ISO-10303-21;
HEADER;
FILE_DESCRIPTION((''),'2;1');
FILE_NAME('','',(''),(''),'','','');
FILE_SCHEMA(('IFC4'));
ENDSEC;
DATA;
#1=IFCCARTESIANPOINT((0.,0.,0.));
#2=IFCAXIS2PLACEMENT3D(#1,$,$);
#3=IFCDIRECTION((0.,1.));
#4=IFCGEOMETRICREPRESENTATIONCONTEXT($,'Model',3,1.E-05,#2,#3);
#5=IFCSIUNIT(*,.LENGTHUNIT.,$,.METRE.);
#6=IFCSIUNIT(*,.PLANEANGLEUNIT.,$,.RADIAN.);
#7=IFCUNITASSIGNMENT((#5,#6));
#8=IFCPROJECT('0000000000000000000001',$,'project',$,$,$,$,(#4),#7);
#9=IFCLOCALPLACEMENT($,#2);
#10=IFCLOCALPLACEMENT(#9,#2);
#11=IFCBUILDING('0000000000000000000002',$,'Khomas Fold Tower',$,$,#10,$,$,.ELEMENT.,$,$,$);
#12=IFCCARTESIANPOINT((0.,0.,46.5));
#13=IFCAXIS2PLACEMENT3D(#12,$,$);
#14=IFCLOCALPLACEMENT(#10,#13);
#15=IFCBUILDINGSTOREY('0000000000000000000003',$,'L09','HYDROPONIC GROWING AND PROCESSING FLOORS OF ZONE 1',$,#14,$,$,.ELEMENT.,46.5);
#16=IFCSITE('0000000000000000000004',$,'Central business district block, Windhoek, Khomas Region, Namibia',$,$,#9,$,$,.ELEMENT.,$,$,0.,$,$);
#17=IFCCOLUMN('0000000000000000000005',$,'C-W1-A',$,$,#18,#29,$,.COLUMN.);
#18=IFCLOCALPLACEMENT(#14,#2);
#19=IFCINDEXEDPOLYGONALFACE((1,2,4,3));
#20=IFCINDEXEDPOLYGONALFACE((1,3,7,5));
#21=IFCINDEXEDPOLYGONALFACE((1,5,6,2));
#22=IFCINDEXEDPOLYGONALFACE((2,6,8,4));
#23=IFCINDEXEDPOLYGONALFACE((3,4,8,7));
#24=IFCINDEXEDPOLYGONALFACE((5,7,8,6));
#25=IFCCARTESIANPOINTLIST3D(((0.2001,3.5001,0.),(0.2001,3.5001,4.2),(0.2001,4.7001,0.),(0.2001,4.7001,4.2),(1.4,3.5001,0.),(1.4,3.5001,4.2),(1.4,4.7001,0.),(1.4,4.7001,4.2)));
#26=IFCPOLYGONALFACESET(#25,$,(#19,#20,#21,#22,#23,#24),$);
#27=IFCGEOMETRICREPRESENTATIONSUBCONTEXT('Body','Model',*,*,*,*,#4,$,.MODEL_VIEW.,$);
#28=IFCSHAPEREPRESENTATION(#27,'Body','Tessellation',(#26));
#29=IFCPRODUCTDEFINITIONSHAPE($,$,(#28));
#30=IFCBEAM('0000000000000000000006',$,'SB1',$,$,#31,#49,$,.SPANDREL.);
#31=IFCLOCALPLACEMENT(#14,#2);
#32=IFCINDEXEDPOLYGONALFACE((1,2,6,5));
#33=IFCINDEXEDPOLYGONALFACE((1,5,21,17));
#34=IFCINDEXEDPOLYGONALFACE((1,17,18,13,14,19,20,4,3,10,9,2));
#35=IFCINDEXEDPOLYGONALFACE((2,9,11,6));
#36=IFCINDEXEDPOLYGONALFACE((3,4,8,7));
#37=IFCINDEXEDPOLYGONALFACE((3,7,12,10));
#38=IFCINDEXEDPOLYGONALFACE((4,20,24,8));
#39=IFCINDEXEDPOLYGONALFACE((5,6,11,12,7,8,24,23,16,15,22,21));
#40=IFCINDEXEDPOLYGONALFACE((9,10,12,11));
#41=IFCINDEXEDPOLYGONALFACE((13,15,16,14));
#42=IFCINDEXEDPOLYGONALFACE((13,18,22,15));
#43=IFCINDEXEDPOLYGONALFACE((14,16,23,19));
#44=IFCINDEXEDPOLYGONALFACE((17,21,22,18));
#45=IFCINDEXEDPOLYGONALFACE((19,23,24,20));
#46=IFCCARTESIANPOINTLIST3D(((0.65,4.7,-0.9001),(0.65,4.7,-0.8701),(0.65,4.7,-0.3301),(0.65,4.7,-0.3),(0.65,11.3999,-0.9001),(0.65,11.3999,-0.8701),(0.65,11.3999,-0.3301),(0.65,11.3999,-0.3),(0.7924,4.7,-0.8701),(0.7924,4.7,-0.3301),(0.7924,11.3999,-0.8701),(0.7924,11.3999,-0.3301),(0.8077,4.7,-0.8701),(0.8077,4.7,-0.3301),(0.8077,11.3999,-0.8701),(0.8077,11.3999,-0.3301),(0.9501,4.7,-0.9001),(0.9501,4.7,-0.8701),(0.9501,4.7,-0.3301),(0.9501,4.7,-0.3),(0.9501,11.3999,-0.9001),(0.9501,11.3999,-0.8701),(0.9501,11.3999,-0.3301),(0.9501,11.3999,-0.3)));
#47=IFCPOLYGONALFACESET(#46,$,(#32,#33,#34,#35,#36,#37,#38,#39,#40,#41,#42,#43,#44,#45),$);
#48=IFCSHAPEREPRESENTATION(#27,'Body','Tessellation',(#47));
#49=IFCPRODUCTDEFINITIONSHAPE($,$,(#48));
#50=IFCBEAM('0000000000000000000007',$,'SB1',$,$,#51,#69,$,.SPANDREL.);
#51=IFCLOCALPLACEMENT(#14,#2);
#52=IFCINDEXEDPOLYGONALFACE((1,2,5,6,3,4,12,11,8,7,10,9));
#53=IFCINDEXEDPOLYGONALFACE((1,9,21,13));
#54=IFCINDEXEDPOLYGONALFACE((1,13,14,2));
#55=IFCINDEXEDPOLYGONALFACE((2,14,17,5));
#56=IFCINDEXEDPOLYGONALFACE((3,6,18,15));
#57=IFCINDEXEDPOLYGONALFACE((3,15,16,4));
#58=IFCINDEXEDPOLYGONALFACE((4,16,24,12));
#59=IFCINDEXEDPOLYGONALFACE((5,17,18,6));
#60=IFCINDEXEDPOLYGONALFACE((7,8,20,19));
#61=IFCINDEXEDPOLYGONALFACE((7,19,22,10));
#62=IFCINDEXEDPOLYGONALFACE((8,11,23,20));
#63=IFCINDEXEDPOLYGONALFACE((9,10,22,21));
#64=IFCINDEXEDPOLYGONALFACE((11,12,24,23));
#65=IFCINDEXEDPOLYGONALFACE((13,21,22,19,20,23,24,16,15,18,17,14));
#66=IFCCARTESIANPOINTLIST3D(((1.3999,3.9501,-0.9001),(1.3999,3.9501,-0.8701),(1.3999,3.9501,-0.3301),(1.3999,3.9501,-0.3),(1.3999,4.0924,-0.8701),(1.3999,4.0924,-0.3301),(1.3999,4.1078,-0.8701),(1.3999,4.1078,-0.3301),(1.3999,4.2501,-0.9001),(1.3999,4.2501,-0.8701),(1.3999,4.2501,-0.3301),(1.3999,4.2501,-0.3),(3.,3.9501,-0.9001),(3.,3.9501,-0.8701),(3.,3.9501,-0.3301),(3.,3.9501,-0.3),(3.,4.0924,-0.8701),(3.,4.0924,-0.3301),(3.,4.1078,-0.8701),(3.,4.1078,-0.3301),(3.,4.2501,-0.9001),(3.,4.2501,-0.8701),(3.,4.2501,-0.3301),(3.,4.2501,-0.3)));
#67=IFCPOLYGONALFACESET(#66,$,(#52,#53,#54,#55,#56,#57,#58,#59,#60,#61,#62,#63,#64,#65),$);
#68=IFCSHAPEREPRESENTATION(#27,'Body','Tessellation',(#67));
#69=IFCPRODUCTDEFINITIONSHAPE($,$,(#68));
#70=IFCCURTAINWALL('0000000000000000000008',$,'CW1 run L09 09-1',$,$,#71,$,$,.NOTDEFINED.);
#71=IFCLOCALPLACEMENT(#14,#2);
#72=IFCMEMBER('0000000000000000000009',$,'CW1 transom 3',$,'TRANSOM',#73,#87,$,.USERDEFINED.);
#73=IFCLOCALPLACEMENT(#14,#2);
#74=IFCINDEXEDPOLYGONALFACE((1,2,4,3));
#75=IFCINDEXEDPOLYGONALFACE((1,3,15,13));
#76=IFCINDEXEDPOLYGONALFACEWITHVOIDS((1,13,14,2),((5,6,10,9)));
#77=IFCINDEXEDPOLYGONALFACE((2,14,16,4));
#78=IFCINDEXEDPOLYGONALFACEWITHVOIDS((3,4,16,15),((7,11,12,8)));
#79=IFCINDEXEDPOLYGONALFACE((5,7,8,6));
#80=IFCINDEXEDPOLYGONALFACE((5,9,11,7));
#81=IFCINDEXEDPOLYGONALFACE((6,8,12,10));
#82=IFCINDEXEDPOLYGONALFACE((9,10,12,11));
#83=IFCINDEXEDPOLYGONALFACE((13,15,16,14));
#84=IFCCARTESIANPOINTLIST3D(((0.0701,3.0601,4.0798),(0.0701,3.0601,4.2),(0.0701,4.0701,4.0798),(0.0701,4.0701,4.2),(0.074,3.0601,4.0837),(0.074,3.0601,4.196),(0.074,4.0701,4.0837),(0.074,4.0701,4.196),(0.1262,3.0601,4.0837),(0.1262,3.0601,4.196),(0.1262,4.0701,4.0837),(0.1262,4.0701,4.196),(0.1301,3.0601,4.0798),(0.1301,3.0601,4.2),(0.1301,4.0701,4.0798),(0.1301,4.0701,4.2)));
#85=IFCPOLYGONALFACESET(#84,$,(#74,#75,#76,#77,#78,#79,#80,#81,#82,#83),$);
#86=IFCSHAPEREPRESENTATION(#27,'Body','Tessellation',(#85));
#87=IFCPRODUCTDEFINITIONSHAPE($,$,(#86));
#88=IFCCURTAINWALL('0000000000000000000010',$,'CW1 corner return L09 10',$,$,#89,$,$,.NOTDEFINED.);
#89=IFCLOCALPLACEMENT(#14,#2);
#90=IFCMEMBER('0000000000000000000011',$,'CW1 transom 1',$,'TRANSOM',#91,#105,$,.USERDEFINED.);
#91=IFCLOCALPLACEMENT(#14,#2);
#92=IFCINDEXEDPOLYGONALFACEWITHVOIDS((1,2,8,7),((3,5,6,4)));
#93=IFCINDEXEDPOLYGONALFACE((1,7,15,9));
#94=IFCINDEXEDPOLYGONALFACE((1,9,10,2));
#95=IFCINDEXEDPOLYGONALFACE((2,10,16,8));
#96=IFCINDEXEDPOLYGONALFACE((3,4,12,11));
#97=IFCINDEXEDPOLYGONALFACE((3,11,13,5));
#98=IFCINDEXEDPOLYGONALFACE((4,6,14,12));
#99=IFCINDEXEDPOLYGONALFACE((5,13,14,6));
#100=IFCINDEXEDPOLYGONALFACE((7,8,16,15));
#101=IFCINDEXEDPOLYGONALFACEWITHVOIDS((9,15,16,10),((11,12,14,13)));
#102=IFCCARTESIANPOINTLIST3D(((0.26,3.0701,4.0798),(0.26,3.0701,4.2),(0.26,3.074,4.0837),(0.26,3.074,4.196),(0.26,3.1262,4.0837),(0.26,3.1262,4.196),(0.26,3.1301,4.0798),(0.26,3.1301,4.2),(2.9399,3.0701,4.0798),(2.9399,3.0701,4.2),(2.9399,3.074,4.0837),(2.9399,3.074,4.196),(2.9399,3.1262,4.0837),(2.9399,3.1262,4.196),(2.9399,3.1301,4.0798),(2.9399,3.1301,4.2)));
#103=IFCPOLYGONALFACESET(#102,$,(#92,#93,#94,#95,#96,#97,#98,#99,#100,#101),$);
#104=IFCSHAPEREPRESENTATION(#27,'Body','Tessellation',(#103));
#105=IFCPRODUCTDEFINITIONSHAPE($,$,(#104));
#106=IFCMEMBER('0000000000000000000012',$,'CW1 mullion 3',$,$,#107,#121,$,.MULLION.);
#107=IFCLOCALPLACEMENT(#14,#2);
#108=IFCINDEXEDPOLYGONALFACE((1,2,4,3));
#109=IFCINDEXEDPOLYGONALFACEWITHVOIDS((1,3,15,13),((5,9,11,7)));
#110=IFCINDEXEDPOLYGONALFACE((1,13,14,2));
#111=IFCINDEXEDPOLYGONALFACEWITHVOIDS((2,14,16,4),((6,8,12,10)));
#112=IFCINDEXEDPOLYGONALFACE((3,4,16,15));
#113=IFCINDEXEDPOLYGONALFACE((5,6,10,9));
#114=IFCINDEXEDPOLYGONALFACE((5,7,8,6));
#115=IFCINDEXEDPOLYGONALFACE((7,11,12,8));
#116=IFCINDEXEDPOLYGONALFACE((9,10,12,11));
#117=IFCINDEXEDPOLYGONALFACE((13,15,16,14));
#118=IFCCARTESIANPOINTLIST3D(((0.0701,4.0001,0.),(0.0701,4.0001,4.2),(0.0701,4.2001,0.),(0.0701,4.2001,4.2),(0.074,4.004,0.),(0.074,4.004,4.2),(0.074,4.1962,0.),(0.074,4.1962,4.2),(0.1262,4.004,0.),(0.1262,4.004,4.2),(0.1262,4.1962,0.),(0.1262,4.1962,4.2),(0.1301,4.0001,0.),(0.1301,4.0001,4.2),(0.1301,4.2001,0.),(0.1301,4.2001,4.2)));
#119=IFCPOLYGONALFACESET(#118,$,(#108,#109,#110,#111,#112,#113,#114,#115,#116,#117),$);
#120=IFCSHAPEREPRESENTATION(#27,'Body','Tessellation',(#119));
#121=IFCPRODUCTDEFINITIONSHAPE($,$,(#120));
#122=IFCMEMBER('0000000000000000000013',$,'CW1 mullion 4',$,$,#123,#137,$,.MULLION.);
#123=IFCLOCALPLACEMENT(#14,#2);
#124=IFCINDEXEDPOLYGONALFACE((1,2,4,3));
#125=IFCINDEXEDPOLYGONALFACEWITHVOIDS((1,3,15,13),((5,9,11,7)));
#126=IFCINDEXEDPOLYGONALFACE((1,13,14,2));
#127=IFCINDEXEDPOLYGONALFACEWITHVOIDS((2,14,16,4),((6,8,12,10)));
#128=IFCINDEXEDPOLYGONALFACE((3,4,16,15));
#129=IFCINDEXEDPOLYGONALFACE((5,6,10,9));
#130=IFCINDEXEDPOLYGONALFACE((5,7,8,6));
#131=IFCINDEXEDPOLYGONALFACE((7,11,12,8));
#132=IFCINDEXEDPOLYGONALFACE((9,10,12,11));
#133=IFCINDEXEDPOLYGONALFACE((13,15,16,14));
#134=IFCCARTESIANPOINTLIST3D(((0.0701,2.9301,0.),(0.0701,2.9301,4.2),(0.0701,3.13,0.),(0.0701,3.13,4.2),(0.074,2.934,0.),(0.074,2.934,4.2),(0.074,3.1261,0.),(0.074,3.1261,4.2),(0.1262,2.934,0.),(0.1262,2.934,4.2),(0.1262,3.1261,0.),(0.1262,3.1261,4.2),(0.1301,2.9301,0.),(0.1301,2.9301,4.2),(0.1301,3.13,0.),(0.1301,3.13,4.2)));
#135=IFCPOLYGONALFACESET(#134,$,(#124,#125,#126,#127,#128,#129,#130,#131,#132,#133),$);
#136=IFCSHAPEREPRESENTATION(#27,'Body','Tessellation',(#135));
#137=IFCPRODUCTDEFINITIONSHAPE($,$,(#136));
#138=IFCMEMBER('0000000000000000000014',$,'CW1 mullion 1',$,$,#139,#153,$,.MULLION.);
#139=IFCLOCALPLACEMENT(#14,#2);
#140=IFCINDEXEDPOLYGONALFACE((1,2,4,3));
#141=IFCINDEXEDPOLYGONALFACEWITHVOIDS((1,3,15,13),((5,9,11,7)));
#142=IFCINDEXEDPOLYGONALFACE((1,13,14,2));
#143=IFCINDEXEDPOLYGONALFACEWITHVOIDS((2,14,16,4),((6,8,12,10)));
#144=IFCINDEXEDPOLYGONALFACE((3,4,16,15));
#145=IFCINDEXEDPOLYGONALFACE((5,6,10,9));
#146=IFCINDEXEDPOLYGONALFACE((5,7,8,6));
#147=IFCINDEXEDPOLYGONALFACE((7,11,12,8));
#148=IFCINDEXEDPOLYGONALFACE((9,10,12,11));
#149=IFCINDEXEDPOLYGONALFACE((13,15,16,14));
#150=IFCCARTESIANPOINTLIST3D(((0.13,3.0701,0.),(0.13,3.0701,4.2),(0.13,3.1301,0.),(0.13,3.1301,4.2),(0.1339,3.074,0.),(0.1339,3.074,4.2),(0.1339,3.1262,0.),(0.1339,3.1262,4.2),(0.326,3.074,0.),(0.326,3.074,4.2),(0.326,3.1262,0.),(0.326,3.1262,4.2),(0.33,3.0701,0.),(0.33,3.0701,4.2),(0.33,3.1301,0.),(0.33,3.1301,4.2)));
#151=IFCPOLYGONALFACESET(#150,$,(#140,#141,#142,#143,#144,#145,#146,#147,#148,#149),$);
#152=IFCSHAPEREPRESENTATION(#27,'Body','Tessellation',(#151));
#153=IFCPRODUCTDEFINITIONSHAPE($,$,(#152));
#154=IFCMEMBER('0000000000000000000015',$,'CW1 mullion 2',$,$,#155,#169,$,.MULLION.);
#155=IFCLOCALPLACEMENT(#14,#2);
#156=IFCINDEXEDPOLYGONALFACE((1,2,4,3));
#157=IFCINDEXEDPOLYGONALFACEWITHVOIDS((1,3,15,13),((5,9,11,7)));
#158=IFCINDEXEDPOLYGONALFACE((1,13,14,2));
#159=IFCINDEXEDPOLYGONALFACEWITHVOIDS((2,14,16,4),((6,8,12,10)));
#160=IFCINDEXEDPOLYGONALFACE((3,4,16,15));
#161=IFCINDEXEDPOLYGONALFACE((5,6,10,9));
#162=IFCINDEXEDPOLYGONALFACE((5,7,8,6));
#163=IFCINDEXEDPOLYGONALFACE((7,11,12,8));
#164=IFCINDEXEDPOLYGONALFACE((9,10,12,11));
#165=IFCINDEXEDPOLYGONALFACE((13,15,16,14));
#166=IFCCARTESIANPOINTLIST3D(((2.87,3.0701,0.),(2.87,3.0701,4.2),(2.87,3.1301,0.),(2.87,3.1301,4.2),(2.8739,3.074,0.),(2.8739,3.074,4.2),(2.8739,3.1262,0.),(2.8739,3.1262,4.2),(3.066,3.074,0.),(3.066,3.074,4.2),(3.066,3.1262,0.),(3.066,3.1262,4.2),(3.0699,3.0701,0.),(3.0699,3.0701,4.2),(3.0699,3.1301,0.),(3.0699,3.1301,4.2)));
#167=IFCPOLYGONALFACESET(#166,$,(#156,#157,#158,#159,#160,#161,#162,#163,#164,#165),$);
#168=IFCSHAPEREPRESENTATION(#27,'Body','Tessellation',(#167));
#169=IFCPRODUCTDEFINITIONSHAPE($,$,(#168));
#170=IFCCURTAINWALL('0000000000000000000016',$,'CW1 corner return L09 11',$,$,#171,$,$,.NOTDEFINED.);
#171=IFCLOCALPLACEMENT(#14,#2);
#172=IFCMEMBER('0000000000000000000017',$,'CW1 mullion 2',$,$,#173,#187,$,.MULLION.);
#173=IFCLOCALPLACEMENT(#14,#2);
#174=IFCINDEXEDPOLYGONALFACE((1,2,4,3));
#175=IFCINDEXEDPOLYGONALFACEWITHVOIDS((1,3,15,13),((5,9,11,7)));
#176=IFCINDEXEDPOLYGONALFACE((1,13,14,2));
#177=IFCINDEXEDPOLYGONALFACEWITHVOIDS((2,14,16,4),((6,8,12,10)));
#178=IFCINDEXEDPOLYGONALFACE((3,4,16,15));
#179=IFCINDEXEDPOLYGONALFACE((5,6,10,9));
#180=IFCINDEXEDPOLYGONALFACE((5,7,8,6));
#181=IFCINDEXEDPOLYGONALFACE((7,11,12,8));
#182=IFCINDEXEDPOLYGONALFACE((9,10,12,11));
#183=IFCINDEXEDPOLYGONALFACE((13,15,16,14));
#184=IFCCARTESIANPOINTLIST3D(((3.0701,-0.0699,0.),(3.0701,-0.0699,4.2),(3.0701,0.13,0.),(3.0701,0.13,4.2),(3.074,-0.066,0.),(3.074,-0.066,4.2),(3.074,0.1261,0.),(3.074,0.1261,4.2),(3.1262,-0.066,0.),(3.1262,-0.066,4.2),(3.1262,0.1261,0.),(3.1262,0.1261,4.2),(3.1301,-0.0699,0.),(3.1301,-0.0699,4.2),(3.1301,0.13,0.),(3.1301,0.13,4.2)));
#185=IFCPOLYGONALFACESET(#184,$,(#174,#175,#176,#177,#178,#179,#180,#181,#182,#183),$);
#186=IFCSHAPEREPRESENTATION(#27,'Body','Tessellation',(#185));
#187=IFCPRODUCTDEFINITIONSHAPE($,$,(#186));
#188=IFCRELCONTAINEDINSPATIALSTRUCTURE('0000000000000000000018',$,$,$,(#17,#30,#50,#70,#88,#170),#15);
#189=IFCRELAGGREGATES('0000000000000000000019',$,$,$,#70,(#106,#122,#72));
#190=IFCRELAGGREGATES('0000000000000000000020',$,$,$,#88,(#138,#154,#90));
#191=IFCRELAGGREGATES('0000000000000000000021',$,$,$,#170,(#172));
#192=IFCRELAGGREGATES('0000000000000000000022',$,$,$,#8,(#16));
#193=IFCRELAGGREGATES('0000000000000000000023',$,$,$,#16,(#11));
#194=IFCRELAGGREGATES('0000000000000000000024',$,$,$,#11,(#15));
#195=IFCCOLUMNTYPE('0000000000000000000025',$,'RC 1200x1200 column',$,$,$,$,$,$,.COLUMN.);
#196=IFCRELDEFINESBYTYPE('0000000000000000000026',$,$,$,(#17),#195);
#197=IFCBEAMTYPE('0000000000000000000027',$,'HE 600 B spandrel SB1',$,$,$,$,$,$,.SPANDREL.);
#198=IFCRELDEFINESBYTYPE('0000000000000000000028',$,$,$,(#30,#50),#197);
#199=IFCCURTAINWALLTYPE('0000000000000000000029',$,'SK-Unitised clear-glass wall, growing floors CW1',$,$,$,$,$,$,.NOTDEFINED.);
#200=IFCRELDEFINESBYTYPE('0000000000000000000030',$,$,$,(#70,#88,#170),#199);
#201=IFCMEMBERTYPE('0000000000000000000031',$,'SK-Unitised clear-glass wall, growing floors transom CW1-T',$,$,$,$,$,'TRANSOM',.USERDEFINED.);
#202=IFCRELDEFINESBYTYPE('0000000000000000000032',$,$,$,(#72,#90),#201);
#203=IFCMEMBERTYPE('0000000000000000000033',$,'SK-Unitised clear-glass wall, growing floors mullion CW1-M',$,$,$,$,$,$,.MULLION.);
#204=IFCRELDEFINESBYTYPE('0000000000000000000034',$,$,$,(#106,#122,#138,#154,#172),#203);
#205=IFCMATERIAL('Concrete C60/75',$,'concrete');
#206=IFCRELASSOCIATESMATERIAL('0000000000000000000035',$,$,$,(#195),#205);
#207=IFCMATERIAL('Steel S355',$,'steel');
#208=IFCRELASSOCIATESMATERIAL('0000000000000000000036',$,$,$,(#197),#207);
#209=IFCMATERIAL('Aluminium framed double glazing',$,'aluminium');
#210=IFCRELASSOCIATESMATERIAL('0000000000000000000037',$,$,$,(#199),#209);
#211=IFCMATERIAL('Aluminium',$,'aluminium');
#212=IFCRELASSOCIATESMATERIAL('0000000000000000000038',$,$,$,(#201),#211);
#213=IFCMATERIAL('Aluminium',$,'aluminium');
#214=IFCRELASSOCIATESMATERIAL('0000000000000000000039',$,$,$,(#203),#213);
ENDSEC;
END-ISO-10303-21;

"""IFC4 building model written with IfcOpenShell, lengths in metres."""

from ifc_helpers import new_model, si_unit, direction, frame, origin, origin_2d, place, context, subcontext, project, spatial, rectangle, hollow_rectangle, i_section, extrude, source, transform, mapped, material, material_profile, profile_set, type_object, element, aggregate, save


model = new_model("IFC4")

# Units and contexts
model_context = context("Model", 3, precision=1e-05, world=origin(), true_north=direction((0.0, 1.0)))
body_context = subcontext(model_context, "Body", "Model", "MODEL_VIEW")
ifc_project = project(units=[si_unit("LENGTHUNIT", "METRE"), si_unit("PLANEANGLEUNIT", "RADIAN")], contexts=[model_context])

# Site, building, storey
site_placement = place(None, origin())
site = spatial("IfcSite", under=ifc_project, at=site_placement, Name="Central business district block, Windhoek, Khomas Region, Namibia", CompositionType="ELEMENT", RefElevation=0.0)
building_placement = place(site_placement, origin())
building = spatial("IfcBuilding", under=site, at=building_placement, Name="Khomas Fold Tower", CompositionType="ELEMENT")
storey_placement = place(building_placement, frame((0.0, 0.0, 46.5)))
storey = spatial("IfcBuildingStorey", under=building, at=storey_placement, Name="L09", Description="HYDROPONIC GROWING AND PROCESSING FLOORS OF ZONE 1", CompositionType="ELEMENT", Elevation=46.5)

# Column
ifc_material_1 = material(Name="Concrete C60/75", Category="concrete")
ifc_material_profile_1 = material_profile(ifc_material_1, rectangle(XDim=1.2, YDim=1.2, at=origin_2d()), Name="RC 1200x1200")
ifc_profile_set_1 = profile_set([ifc_material_profile_1], Name="Concrete C60/75")
column_type = type_object("IfcColumnType", Name="RC 1200x1200 column", PredefinedType="COLUMN", material=ifc_profile_set_1)
shared_shape_1 = source(origin(), body_context, "Body", "SweptSolid", [
    extrude(rectangle(XDim=1.2, YDim=1.2, at=origin_2d()), origin(), (0.0, 0.0, 1.0), 4.2),
])
column_placement = place(storey_placement, frame((0.8, 4.1001, 0.0), z_axis=(0.0, 0.0, 1.0), x_axis=(1.0, 0.0, 0.0)))
element("IfcColumn", 1, at=column_placement, inside=storey, type_object=column_type, Name="C-W1-A", PredefinedType="COLUMN", context=body_context, shape_type="MappedRepresentation", body=[
    mapped(shared_shape_1, transform((0.0, 0.0, 0.0))),
])

# Beams
ifc_material_2 = material(Name="Steel S355", Category="steel")
ifc_material_profile_2 = material_profile(ifc_material_2, i_section(OverallWidth=0.3, OverallDepth=0.6001, WebThickness=0.0154, FlangeThickness=0.03, at=origin_2d()), Name="HE 600 B")
ifc_profile_set_2 = profile_set([ifc_material_profile_2], Name="Steel S355")
beam_type = type_object("IfcBeamType", Name="HE 600 B spandrel SB1", PredefinedType="SPANDREL", material=ifc_profile_set_2)
shared_shape_2 = source(origin(), body_context, "Body", "SweptSolid", [
    extrude(i_section(OverallWidth=0.3, OverallDepth=0.6001, WebThickness=0.0154, FlangeThickness=0.03, at=origin_2d()), origin(), (0.0, 0.0, 1.0), 6.7),
])
beam_1_placement = place(storey_placement, frame((0.8, 4.7, -0.6001), z_axis=(0.0, 1.0, 0.0), x_axis=(-1.0, 0.0, 0.0)))
element("IfcBeam", 2, at=beam_1_placement, inside=storey, type_object=beam_type, Name="SB1", PredefinedType="SPANDREL", context=body_context, shape_type="MappedRepresentation", body=[
    mapped(shared_shape_2, transform((0.0, 0.0, 0.0))),
])
shared_shape_3 = source(origin(), body_context, "Body", "SweptSolid", [
    extrude(i_section(OverallWidth=0.3, OverallDepth=0.6001, WebThickness=0.0154, FlangeThickness=0.03, at=origin_2d()), origin(), (0.0, 0.0, 1.0), 1.6001),
])
beam_2_placement = place(storey_placement, frame((1.3999, 4.1001, -0.6001), z_axis=(1.0, 0.0, 0.0), x_axis=(0.0, 1.0, 0.0)))
element("IfcBeam", 3, at=beam_2_placement, inside=storey, type_object=beam_type, Name="SB1", PredefinedType="SPANDREL", context=body_context, shape_type="MappedRepresentation", body=[
    mapped(shared_shape_3, transform((0.0, 0.0, 0.0))),
])

# Curtain walls, members
ifc_material_3 = material(Name="Aluminium framed double glazing", Category="aluminium")
curtain_wall_type = type_object("IfcCurtainWallType", Name="SK-Unitised clear-glass wall, growing floors CW1", PredefinedType="NOTDEFINED", material=ifc_material_3)
curtain_wall_1_placement = place(storey_placement, origin())
curtain_wall_1 = element("IfcCurtainWall", 4, at=curtain_wall_1_placement, inside=storey, type_object=curtain_wall_type, Name="CW1 run L09 09-1", PredefinedType="NOTDEFINED")
ifc_material_4 = material(Name="Aluminium", Category="aluminium")
ifc_material_profile_3 = material_profile(ifc_material_4, hollow_rectangle(XDim=0.0601, YDim=0.1201, WallThickness=0.0039, at=origin_2d()), Name="SK-Unitised clear-glass wall, growing floors transom CW1-T")
ifc_profile_set_3 = profile_set([ifc_material_profile_3], Name="Aluminium")
member_type_1 = type_object("IfcMemberType", Name="SK-Unitised clear-glass wall, growing floors transom CW1-T", ElementType="TRANSOM", PredefinedType="USERDEFINED", material=ifc_profile_set_3)
shared_shape_4 = source(origin(), body_context, "Body", "SweptSolid", [
    extrude(hollow_rectangle(XDim=0.0601, YDim=0.1201, WallThickness=0.0039, at=origin_2d()), origin(), (0.0, 0.0, 1.0), 1.01),
])
member_1_placement = place(storey_placement, frame((0.1001, 4.0701, 4.1399), z_axis=(0.0, -1.0, 0.0), x_axis=(1.0, 0.0, 0.0)))
member_1 = element("IfcMember", 5, at=member_1_placement, type_object=member_type_1, Name="CW1 transom 3", ObjectType="TRANSOM", PredefinedType="USERDEFINED", context=body_context, shape_type="MappedRepresentation", body=[
    mapped(shared_shape_4, transform((0.0, 0.0, 0.0))),
])
curtain_wall_2_placement = place(storey_placement, origin())
curtain_wall_2 = element("IfcCurtainWall", 6, at=curtain_wall_2_placement, inside=storey, type_object=curtain_wall_type, Name="CW1 corner return L09 10", PredefinedType="NOTDEFINED")
shared_shape_5 = source(origin(), body_context, "Body", "SweptSolid", [
    extrude(hollow_rectangle(XDim=0.0601, YDim=0.1201, WallThickness=0.0039, at=origin_2d()), origin(), (0.0, 0.0, 1.0), 2.6799),
])
member_2_placement = place(storey_placement, frame((0.26, 3.1001, 4.1399), z_axis=(1.0, 0.0, 0.0), x_axis=(0.0, 1.0, 0.0)))
member_2 = element("IfcMember", 7, at=member_2_placement, type_object=member_type_1, Name="CW1 transom 1", ObjectType="TRANSOM", PredefinedType="USERDEFINED", context=body_context, shape_type="MappedRepresentation", body=[
    mapped(shared_shape_5, transform((0.0, 0.0, 0.0))),
])

# Members
ifc_material_5 = material(Name="Aluminium", Category="aluminium")
ifc_material_profile_4 = material_profile(ifc_material_5, hollow_rectangle(XDim=0.0601, YDim=0.2, WallThickness=0.0039, at=origin_2d()), Name="SK-Unitised clear-glass wall, growing floors mullion CW1-M")
ifc_profile_set_4 = profile_set([ifc_material_profile_4], Name="Aluminium")
member_type_2 = type_object("IfcMemberType", Name="SK-Unitised clear-glass wall, growing floors mullion CW1-M", PredefinedType="MULLION", material=ifc_profile_set_4)
shared_shape_6 = source(origin(), body_context, "Body", "SweptSolid", [
    extrude(hollow_rectangle(XDim=0.0601, YDim=0.2, WallThickness=0.0039, at=origin_2d()), origin(), (0.0, 0.0, 1.0), 4.2),
])
member_3_placement = place(storey_placement, frame((0.1001, 4.1001, 0.0), z_axis=(0.0, 0.0, 1.0), x_axis=(1.0, 0.0, 0.0)))
member_3 = element("IfcMember", 8, at=member_3_placement, type_object=member_type_2, Name="CW1 mullion 3", PredefinedType="MULLION", context=body_context, shape_type="MappedRepresentation", body=[
    mapped(shared_shape_6, transform((0.0, 0.0, 0.0))),
])
member_4_placement = place(storey_placement, frame((0.1001, 3.03, 0.0), z_axis=(0.0, 0.0, 1.0), x_axis=(1.0, 0.0, 0.0)))
member_4 = element("IfcMember", 9, at=member_4_placement, type_object=member_type_2, Name="CW1 mullion 4", PredefinedType="MULLION", context=body_context, shape_type="MappedRepresentation", body=[
    mapped(shared_shape_6, transform((0.0, 0.0, 0.0))),
])
member_5_placement = place(storey_placement, frame((0.23, 3.1001, 0.0), z_axis=(0.0, 0.0, 1.0), x_axis=(0.0, 1.0, 0.0)))
member_5 = element("IfcMember", 10, at=member_5_placement, type_object=member_type_2, Name="CW1 mullion 1", PredefinedType="MULLION", context=body_context, shape_type="MappedRepresentation", body=[
    mapped(shared_shape_6, transform((0.0, 0.0, 0.0))),
])
member_6_placement = place(storey_placement, frame((2.97, 3.1001, 0.0), z_axis=(0.0, 0.0, 1.0), x_axis=(0.0, 1.0, 0.0)))
member_6 = element("IfcMember", 11, at=member_6_placement, type_object=member_type_2, Name="CW1 mullion 2", PredefinedType="MULLION", context=body_context, shape_type="MappedRepresentation", body=[
    mapped(shared_shape_6, transform((0.0, 0.0, 0.0))),
])

# Curtain wall, member
curtain_wall_3_placement = place(storey_placement, origin())
curtain_wall_3 = element("IfcCurtainWall", 12, at=curtain_wall_3_placement, inside=storey, type_object=curtain_wall_type, Name="CW1 corner return L09 11", PredefinedType="NOTDEFINED")
member_7_placement = place(storey_placement, frame((3.1001, 0.03, 0.0), z_axis=(0.0, 0.0, 1.0), x_axis=(1.0, 0.0, 0.0)))
member_7 = element("IfcMember", 13, at=member_7_placement, type_object=member_type_2, Name="CW1 mullion 2", PredefinedType="MULLION", context=body_context, shape_type="MappedRepresentation", body=[
    mapped(shared_shape_6, transform((0.0, 0.0, 0.0))),
])

aggregate(curtain_wall_1, [member_3, member_4, member_1])
aggregate(curtain_wall_2, [member_5, member_6, member_2])
aggregate(curtain_wall_3, [member_7])

save(model, "model.ifc")
